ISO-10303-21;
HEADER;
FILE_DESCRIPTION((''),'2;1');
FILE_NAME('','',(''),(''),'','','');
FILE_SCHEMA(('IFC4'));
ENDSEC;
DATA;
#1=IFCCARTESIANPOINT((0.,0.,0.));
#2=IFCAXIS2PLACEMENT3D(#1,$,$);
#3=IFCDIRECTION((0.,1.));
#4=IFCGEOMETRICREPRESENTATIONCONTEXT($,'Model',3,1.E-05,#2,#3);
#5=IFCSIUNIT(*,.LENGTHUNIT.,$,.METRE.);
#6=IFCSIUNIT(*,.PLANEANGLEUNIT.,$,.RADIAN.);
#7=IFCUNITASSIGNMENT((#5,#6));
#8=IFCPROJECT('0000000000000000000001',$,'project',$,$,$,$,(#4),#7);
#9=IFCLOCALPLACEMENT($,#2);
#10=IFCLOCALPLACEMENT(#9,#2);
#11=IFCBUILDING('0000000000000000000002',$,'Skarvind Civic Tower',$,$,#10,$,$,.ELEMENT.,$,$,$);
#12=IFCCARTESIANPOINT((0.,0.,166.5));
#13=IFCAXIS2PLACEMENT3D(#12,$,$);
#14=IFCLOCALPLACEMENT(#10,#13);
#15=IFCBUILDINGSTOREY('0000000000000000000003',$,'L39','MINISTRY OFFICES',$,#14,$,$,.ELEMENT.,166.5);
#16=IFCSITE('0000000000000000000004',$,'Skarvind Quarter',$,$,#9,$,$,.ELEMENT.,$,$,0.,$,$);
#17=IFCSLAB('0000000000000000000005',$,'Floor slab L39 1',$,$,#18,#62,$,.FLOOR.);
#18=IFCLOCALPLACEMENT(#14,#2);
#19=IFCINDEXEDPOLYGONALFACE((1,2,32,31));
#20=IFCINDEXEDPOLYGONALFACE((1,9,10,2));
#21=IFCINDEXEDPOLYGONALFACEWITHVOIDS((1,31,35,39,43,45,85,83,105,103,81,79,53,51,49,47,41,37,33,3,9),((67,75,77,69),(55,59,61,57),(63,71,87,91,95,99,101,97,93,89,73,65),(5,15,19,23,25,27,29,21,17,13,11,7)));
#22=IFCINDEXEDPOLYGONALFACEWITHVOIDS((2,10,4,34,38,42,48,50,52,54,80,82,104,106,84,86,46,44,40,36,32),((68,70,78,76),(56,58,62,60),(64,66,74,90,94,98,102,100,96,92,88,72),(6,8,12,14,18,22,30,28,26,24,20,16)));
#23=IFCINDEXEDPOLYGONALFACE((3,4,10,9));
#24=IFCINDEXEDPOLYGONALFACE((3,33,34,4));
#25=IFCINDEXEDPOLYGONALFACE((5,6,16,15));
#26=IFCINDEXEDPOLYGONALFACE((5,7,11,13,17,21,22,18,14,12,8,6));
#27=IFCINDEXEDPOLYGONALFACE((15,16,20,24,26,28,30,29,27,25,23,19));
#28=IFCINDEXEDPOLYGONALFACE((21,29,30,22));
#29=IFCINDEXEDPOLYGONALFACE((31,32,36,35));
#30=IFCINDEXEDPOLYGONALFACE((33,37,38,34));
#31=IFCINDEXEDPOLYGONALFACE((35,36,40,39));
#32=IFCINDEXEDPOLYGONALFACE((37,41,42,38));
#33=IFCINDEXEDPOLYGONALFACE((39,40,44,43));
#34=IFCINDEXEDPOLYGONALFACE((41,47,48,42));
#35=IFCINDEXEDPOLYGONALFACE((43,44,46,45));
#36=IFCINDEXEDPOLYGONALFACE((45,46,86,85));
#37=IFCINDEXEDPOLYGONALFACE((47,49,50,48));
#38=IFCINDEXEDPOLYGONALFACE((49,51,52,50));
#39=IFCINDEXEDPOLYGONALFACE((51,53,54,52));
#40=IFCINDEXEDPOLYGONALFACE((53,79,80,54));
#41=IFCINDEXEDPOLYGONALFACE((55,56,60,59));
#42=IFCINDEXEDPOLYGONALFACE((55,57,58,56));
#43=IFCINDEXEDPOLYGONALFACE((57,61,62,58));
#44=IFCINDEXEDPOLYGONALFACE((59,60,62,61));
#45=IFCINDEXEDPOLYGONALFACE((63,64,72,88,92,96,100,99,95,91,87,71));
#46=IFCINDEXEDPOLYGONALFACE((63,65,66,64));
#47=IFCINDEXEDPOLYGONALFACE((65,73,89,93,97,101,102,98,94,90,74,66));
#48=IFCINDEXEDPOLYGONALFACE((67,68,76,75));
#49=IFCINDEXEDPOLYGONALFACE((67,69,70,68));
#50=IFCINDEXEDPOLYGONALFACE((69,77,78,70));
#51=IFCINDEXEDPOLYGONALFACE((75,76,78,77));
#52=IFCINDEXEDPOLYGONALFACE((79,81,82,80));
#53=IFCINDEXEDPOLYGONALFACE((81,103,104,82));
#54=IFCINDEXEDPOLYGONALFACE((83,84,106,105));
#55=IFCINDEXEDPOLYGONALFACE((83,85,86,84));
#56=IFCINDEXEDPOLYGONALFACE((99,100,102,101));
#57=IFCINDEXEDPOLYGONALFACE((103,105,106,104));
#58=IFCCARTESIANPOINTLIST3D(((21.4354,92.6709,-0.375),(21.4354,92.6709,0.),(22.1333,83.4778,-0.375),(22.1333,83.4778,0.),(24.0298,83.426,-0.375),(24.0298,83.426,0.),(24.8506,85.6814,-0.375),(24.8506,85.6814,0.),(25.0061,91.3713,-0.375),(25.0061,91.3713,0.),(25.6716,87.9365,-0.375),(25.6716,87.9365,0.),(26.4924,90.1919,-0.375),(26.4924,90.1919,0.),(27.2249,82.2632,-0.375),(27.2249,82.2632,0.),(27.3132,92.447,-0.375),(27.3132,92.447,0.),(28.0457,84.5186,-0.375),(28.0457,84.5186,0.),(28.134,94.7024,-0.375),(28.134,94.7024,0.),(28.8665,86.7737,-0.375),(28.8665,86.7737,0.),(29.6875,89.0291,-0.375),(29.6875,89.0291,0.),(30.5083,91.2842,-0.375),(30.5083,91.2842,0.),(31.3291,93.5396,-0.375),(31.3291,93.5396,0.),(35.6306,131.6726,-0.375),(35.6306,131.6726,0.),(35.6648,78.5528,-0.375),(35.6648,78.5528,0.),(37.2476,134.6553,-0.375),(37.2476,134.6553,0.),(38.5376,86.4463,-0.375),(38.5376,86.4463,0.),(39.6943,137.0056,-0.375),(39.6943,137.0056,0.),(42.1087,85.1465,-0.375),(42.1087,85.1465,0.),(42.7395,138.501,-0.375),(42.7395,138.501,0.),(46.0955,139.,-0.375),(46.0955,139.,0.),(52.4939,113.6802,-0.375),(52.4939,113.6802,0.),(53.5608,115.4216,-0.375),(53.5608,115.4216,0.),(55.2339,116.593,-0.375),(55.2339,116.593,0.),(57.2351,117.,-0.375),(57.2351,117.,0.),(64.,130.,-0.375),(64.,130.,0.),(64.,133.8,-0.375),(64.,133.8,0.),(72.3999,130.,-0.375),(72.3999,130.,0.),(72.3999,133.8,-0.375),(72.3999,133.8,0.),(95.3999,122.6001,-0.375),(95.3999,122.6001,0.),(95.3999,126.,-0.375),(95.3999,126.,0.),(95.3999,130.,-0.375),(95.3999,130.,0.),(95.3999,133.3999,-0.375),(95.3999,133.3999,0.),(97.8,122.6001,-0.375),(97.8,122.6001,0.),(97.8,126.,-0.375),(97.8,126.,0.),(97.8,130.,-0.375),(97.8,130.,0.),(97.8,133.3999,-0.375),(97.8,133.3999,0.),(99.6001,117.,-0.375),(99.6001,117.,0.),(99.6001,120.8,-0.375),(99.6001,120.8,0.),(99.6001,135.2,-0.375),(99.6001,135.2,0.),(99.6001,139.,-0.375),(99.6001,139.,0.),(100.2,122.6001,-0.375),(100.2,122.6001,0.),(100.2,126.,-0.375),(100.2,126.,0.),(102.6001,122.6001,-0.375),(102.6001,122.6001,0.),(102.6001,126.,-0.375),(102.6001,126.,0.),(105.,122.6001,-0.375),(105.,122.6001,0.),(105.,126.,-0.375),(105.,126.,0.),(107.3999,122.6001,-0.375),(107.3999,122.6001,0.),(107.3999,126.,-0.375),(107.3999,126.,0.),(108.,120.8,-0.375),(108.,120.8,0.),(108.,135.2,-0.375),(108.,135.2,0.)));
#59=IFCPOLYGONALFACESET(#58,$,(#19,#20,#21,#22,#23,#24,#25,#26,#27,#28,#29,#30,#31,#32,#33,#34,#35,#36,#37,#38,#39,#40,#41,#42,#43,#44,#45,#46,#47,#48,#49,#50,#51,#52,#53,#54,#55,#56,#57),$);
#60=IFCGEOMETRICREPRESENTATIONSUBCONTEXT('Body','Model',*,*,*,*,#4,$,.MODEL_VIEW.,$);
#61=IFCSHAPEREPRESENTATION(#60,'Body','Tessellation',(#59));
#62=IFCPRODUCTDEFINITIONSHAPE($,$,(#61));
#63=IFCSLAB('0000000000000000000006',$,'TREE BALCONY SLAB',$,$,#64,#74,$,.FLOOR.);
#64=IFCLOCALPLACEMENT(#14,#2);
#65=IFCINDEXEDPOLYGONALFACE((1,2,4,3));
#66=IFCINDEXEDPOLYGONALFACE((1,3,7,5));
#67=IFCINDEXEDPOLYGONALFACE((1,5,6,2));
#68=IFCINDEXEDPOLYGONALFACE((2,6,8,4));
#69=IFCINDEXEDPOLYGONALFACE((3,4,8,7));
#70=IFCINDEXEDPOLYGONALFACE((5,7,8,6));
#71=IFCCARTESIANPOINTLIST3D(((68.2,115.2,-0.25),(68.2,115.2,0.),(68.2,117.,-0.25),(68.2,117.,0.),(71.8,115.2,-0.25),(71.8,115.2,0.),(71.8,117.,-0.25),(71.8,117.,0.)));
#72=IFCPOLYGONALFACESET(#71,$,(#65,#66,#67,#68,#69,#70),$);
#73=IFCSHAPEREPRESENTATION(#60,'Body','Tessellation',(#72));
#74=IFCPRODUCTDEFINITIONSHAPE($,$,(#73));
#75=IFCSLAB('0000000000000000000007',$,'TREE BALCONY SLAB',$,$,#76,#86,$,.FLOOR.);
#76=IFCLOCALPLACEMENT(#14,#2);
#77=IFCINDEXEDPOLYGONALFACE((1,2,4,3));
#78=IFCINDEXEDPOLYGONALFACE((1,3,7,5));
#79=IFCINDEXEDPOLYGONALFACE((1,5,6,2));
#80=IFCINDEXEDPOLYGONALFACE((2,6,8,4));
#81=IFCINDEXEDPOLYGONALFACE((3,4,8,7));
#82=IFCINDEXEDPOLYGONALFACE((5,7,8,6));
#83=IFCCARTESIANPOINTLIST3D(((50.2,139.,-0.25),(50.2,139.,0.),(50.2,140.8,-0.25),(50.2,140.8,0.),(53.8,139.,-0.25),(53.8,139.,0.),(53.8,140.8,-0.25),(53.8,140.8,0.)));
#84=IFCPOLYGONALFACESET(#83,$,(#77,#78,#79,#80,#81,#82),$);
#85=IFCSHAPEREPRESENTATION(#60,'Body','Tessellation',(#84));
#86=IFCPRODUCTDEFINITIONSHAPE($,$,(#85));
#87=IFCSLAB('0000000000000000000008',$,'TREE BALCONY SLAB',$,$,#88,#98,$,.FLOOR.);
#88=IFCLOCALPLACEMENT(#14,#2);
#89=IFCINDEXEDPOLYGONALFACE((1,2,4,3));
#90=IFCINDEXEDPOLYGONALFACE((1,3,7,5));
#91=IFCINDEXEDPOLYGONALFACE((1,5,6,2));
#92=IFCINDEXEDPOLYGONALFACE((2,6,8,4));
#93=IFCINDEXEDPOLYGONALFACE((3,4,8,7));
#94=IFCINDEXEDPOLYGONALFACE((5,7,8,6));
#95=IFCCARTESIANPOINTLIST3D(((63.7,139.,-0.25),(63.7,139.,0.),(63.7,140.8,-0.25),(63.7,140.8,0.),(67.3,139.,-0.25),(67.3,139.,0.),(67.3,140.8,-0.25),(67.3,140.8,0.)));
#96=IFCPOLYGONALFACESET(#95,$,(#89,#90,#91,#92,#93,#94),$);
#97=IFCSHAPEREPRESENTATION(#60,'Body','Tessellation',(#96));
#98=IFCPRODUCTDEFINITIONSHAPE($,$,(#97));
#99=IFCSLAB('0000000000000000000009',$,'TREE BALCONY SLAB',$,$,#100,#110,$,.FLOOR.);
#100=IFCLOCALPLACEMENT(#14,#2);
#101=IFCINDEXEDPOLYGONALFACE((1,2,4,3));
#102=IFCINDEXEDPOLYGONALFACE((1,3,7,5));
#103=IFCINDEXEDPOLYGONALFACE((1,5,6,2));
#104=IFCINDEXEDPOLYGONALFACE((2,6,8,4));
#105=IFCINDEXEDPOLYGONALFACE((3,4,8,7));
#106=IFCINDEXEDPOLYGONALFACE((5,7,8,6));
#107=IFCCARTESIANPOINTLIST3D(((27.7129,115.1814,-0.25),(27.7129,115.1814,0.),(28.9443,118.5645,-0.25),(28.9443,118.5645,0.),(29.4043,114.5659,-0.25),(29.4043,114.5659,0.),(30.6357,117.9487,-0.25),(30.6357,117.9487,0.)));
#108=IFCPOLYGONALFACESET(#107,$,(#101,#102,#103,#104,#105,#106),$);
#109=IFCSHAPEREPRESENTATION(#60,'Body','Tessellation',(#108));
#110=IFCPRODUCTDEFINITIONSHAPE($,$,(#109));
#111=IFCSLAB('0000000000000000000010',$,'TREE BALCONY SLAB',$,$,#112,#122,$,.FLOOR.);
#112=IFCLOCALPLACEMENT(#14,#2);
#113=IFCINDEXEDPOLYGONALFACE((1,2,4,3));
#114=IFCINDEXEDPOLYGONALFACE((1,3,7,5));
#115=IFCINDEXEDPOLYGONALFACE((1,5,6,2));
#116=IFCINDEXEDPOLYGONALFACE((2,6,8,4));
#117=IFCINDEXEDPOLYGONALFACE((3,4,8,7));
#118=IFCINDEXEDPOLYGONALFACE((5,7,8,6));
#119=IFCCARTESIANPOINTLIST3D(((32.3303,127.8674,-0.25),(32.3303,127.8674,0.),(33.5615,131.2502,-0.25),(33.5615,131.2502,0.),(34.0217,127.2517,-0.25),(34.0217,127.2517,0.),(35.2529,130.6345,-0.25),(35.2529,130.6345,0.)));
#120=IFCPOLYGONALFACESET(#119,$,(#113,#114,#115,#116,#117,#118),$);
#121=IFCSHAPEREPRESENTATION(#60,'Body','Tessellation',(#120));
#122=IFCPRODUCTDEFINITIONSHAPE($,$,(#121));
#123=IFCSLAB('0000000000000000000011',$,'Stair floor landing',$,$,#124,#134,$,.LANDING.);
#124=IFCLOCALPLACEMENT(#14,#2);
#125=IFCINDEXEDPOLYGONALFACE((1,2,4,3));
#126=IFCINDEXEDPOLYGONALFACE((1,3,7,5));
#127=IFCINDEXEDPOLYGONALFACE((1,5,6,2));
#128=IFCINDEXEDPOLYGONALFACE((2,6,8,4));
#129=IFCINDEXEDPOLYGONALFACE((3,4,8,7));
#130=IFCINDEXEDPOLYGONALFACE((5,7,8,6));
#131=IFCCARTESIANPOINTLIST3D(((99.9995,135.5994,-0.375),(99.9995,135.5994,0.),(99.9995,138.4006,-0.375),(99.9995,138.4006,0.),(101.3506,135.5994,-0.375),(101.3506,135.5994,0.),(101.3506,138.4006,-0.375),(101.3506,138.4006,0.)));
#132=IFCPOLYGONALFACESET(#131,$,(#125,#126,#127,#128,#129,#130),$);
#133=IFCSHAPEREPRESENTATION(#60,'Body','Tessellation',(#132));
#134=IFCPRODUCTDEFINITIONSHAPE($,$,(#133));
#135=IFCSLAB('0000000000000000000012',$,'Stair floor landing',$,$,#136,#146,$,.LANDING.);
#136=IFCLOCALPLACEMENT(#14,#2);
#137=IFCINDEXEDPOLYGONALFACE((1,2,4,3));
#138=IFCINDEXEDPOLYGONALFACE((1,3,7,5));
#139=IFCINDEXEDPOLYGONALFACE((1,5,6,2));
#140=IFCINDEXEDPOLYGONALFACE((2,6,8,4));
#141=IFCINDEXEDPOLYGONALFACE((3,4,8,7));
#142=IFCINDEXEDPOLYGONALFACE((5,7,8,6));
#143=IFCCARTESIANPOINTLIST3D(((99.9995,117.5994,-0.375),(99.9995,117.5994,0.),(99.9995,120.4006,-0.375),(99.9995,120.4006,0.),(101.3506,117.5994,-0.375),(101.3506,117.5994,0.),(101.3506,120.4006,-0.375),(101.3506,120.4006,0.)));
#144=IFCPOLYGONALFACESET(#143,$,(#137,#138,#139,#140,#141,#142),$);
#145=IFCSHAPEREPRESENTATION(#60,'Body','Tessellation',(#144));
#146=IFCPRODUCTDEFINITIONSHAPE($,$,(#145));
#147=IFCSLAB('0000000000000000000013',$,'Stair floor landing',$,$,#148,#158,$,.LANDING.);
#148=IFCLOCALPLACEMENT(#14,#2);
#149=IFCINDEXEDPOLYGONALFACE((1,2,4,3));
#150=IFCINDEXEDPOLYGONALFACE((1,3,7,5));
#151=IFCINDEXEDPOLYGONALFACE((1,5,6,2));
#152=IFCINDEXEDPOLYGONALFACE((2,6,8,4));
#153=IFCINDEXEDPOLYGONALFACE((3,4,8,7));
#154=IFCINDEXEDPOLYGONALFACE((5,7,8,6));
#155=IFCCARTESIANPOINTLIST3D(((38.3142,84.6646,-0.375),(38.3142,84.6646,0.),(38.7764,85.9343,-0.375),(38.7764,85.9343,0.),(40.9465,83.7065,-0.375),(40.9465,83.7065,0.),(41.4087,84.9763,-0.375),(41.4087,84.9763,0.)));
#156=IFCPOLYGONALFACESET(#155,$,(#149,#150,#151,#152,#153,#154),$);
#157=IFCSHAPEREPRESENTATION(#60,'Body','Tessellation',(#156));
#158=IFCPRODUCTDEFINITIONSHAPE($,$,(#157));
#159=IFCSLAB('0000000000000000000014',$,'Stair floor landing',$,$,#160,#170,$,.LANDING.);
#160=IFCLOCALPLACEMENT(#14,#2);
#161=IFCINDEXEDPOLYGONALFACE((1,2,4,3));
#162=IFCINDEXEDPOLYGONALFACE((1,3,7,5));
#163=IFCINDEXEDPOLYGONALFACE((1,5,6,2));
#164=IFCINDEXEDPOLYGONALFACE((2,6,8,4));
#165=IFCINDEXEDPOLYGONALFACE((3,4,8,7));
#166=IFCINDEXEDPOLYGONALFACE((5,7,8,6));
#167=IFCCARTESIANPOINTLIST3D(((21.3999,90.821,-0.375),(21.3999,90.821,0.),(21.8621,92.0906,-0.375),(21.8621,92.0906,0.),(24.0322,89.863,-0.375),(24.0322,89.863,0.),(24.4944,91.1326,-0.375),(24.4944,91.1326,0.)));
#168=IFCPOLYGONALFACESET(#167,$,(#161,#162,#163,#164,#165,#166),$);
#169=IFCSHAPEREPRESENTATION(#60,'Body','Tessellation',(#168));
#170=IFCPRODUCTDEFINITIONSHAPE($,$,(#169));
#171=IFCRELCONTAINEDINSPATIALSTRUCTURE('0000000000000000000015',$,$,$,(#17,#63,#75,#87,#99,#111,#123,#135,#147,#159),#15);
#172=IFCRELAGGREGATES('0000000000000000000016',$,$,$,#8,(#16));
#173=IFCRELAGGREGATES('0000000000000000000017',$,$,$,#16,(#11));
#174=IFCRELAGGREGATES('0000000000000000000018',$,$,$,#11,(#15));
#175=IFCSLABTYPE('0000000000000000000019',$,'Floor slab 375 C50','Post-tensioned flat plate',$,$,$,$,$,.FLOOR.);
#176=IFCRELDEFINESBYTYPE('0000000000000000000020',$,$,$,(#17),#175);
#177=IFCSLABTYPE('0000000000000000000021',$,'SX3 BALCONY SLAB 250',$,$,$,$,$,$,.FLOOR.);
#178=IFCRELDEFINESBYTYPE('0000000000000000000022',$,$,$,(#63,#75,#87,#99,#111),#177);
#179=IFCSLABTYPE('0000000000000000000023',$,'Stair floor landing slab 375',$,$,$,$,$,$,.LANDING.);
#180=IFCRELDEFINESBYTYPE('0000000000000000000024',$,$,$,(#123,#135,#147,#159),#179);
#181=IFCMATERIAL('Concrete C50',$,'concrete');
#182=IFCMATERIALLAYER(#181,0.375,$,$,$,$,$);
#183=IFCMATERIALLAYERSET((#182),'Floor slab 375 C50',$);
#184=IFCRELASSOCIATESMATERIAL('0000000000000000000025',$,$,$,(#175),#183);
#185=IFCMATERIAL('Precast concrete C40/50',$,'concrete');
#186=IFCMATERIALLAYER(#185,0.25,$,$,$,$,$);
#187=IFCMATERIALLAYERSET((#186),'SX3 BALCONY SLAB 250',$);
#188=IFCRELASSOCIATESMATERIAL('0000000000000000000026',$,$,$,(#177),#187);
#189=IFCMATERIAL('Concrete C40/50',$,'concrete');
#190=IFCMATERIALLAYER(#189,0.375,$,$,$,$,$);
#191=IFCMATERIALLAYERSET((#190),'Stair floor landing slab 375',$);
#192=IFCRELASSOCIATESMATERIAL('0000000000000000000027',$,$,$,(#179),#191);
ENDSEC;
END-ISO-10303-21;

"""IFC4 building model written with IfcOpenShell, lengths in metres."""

from ifc_helpers import new_model, si_unit, direction, frame, origin, place, context, subcontext, project, spatial, polyline, outline, extrude, material, layer, layer_set, type_object, element, save


model = new_model("IFC4")

# Units and contexts
model_context = context("Model", 3, precision=1e-05, world=origin(), true_north=direction((0.0, 1.0)))
body_context = subcontext(model_context, "Body", "Model", "MODEL_VIEW")
ifc_project = project(units=[si_unit("LENGTHUNIT", "METRE"), si_unit("PLANEANGLEUNIT", "RADIAN")], contexts=[model_context])

# Site, building, storey
site_placement = place(None, origin())
site = spatial("IfcSite", under=ifc_project, at=site_placement, Name="Skarvind Quarter", CompositionType="ELEMENT", RefElevation=0.0)
building_placement = place(site_placement, origin())
building = spatial("IfcBuilding", under=site, at=building_placement, Name="Skarvind Civic Tower", CompositionType="ELEMENT")
storey_placement = place(building_placement, frame((0.0, 0.0, 166.5)))
storey = spatial("IfcBuildingStorey", under=building, at=storey_placement, Name="L39", Description="MINISTRY OFFICES", CompositionType="ELEMENT", Elevation=166.5)

# Slabs
ifc_material_1 = material(Name="Concrete C50", Category="concrete")
ifc_layer_1 = layer(ifc_material_1, 0.375)
ifc_layer_set_1 = layer_set([ifc_layer_1], Name="Floor slab 375 C50")
slab_type_1 = type_object("IfcSlabType", Name="Floor slab 375 C50", Description="Post-tensioned flat plate", PredefinedType="FLOOR", material=ifc_layer_set_1)
slab_1_placement = place(storey_placement, frame((0.0, 0.0, -0.375)))
element("IfcSlab", 1, at=slab_1_placement, inside=storey, type_object=slab_type_1, Name="Floor slab L39 1", PredefinedType="FLOOR", context=body_context, shape_type="SweptSolid", body=[
    extrude(outline(polyline([(99.6001, 117.0), (99.6001, 120.8), (108.0, 120.8), (108.0, 135.2), (99.6001, 135.2), (99.6001, 139.0), (46.0955, 139.0), (42.7395, 138.501), (39.6943, 137.0056), (37.2476, 134.6553), (35.6306, 131.6726), (19.4175, 87.1267), (21.4353, 92.6709), (25.0061, 91.3713), (22.1333, 83.4778), (36.8865, 78.1082), (35.6648, 78.5527), (38.5376, 86.4463), (42.1086, 85.1465), (40.0908, 79.6023), (40.0908, 79.6023), (52.4939, 113.6802), (53.5608, 115.4216), (55.2339, 116.593), (57.2351, 117.0), (99.6001, 117.0)]), holes=[polyline([(25.6716, 87.9365), (26.4924, 90.1919), (27.3132, 92.447), (28.134, 94.7024), (31.3291, 93.5396), (30.5083, 91.2842), (29.6875, 89.0291), (28.8665, 86.7737), (28.8665, 86.7737), (28.0457, 84.5186), (27.2249, 82.2632), (24.0298, 83.426), (24.8506, 85.6814), (25.6716, 87.9365), (25.6716, 87.9365)]), polyline([(64.0, 130.0), (64.0, 133.8), (72.3999, 133.8), (72.3999, 130.0), (64.0, 130.0)]), polyline([(97.8, 126.0), (100.2, 126.0), (102.6001, 126.0), (105.0, 126.0), (107.3999, 126.0), (107.3999, 122.6001), (105.0, 122.6001), (102.6001, 122.6001), (100.2, 122.6001), (97.8, 122.6001), (95.3999, 122.6001), (95.3999, 126.0), (97.8, 126.0)]), polyline([(97.8, 133.3999), (97.8, 130.0), (95.3999, 130.0), (95.3999, 133.3999), (97.8, 133.3999)])]), origin(), (0.0, 0.0, 1.0), 0.375),
])
ifc_material_2 = material(Name="Precast concrete C40/50", Category="concrete")
ifc_layer_2 = layer(ifc_material_2, 0.25)
ifc_layer_set_2 = layer_set([ifc_layer_2], Name="SX3 BALCONY SLAB 250")
slab_type_2 = type_object("IfcSlabType", Name="SX3 BALCONY SLAB 250", PredefinedType="FLOOR", material=ifc_layer_set_2)
slab_2_placement = place(storey_placement, frame((0.0, 0.0, -0.25)))
element("IfcSlab", 2, at=slab_2_placement, inside=storey, type_object=slab_type_2, Name="TREE BALCONY SLAB", PredefinedType="FLOOR", context=body_context, shape_type="SweptSolid", body=[
    extrude(outline(polyline([(71.8, 117.0), (68.2, 117.0), (68.2, 115.2), (71.8, 115.2), (71.8, 117.0)])), origin(), (0.0, 0.0, 1.0), 0.25),
])
slab_3_placement = place(storey_placement, frame((0.0, 0.0, -0.25)))
element("IfcSlab", 3, at=slab_3_placement, inside=storey, type_object=slab_type_2, Name="TREE BALCONY SLAB", PredefinedType="FLOOR", context=body_context, shape_type="SweptSolid", body=[
    extrude(outline(polyline([(50.2, 139.0), (53.8, 139.0), (53.8, 140.8), (50.2, 140.8), (50.2, 139.0)])), origin(), (0.0, 0.0, 1.0), 0.25),
])
slab_4_placement = place(storey_placement, frame((0.0, 0.0, -0.25)))
element("IfcSlab", 4, at=slab_4_placement, inside=storey, type_object=slab_type_2, Name="TREE BALCONY SLAB", PredefinedType="FLOOR", context=body_context, shape_type="SweptSolid", body=[
    extrude(outline(polyline([(63.7, 139.0), (67.3, 139.0), (67.3, 140.8), (63.7, 140.8), (63.7, 139.0)])), origin(), (0.0, 0.0, 1.0), 0.25),
])
slab_5_placement = place(storey_placement, frame((0.0, 0.0, -0.25)))
element("IfcSlab", 5, at=slab_5_placement, inside=storey, type_object=slab_type_2, Name="TREE BALCONY SLAB", PredefinedType="FLOOR", context=body_context, shape_type="SweptSolid", body=[
    extrude(outline(polyline([(29.4043, 114.5659), (30.6357, 117.9487), (28.9443, 118.5645), (27.7129, 115.1814), (29.4043, 114.5659)])), origin(), (0.0, 0.0, 1.0), 0.25),
])
slab_6_placement = place(storey_placement, frame((0.0, 0.0, -0.25)))
element("IfcSlab", 6, at=slab_6_placement, inside=storey, type_object=slab_type_2, Name="TREE BALCONY SLAB", PredefinedType="FLOOR", context=body_context, shape_type="SweptSolid", body=[
    extrude(outline(polyline([(34.0217, 127.2517), (35.2529, 130.6345), (33.5615, 131.2502), (32.3303, 127.8674), (34.0217, 127.2517)])), origin(), (0.0, 0.0, 1.0), 0.25),
])
ifc_material_3 = material(Name="Concrete C40/50", Category="concrete")
ifc_layer_3 = layer(ifc_material_3, 0.375)
ifc_layer_set_3 = layer_set([ifc_layer_3], Name="Stair floor landing slab 375")
slab_type_3 = type_object("IfcSlabType", Name="Stair floor landing slab 375", PredefinedType="LANDING", material=ifc_layer_set_3)
slab_7_placement = place(storey_placement, frame((0.0, 0.0, -0.375)))
element("IfcSlab", 7, at=slab_7_placement, inside=storey, type_object=slab_type_3, Name="Stair floor landing", PredefinedType="LANDING", context=body_context, shape_type="SweptSolid", body=[
    extrude(outline(polyline([(101.3506, 138.4006), (101.3506, 135.5994), (99.9995, 135.5994), (99.9995, 138.4006), (101.3506, 138.4006)])), origin(), (0.0, 0.0, 1.0), 0.375),
])
slab_8_placement = place(storey_placement, frame((0.0, 0.0, -0.375)))
element("IfcSlab", 8, at=slab_8_placement, inside=storey, type_object=slab_type_3, Name="Stair floor landing", PredefinedType="LANDING", context=body_context, shape_type="SweptSolid", body=[
    extrude(outline(polyline([(101.3506, 120.4006), (101.3506, 117.5994), (99.9995, 117.5994), (99.9995, 120.4006), (101.3506, 120.4006)])), origin(), (0.0, 0.0, 1.0), 0.375),
])
slab_9_placement = place(storey_placement, frame((0.0, 0.0, -0.375)))
element("IfcSlab", 9, at=slab_9_placement, inside=storey, type_object=slab_type_3, Name="Stair floor landing", PredefinedType="LANDING", context=body_context, shape_type="SweptSolid", body=[
    extrude(outline(polyline([(40.9465, 83.7065), (38.3142, 84.6646), (38.7764, 85.9343), (41.4087, 84.9763), (40.9465, 83.7065)])), origin(), (0.0, 0.0, 1.0), 0.375),
])
slab_10_placement = place(storey_placement, frame((0.0, 0.0, -0.375)))
element("IfcSlab", 10, at=slab_10_placement, inside=storey, type_object=slab_type_3, Name="Stair floor landing", PredefinedType="LANDING", context=body_context, shape_type="SweptSolid", body=[
    extrude(outline(polyline([(24.0322, 89.863), (21.3999, 90.821), (21.8621, 92.0906), (24.4944, 91.1326), (24.0322, 89.863)])), origin(), (0.0, 0.0, 1.0), 0.375),
])

save(model, "model.ifc")
